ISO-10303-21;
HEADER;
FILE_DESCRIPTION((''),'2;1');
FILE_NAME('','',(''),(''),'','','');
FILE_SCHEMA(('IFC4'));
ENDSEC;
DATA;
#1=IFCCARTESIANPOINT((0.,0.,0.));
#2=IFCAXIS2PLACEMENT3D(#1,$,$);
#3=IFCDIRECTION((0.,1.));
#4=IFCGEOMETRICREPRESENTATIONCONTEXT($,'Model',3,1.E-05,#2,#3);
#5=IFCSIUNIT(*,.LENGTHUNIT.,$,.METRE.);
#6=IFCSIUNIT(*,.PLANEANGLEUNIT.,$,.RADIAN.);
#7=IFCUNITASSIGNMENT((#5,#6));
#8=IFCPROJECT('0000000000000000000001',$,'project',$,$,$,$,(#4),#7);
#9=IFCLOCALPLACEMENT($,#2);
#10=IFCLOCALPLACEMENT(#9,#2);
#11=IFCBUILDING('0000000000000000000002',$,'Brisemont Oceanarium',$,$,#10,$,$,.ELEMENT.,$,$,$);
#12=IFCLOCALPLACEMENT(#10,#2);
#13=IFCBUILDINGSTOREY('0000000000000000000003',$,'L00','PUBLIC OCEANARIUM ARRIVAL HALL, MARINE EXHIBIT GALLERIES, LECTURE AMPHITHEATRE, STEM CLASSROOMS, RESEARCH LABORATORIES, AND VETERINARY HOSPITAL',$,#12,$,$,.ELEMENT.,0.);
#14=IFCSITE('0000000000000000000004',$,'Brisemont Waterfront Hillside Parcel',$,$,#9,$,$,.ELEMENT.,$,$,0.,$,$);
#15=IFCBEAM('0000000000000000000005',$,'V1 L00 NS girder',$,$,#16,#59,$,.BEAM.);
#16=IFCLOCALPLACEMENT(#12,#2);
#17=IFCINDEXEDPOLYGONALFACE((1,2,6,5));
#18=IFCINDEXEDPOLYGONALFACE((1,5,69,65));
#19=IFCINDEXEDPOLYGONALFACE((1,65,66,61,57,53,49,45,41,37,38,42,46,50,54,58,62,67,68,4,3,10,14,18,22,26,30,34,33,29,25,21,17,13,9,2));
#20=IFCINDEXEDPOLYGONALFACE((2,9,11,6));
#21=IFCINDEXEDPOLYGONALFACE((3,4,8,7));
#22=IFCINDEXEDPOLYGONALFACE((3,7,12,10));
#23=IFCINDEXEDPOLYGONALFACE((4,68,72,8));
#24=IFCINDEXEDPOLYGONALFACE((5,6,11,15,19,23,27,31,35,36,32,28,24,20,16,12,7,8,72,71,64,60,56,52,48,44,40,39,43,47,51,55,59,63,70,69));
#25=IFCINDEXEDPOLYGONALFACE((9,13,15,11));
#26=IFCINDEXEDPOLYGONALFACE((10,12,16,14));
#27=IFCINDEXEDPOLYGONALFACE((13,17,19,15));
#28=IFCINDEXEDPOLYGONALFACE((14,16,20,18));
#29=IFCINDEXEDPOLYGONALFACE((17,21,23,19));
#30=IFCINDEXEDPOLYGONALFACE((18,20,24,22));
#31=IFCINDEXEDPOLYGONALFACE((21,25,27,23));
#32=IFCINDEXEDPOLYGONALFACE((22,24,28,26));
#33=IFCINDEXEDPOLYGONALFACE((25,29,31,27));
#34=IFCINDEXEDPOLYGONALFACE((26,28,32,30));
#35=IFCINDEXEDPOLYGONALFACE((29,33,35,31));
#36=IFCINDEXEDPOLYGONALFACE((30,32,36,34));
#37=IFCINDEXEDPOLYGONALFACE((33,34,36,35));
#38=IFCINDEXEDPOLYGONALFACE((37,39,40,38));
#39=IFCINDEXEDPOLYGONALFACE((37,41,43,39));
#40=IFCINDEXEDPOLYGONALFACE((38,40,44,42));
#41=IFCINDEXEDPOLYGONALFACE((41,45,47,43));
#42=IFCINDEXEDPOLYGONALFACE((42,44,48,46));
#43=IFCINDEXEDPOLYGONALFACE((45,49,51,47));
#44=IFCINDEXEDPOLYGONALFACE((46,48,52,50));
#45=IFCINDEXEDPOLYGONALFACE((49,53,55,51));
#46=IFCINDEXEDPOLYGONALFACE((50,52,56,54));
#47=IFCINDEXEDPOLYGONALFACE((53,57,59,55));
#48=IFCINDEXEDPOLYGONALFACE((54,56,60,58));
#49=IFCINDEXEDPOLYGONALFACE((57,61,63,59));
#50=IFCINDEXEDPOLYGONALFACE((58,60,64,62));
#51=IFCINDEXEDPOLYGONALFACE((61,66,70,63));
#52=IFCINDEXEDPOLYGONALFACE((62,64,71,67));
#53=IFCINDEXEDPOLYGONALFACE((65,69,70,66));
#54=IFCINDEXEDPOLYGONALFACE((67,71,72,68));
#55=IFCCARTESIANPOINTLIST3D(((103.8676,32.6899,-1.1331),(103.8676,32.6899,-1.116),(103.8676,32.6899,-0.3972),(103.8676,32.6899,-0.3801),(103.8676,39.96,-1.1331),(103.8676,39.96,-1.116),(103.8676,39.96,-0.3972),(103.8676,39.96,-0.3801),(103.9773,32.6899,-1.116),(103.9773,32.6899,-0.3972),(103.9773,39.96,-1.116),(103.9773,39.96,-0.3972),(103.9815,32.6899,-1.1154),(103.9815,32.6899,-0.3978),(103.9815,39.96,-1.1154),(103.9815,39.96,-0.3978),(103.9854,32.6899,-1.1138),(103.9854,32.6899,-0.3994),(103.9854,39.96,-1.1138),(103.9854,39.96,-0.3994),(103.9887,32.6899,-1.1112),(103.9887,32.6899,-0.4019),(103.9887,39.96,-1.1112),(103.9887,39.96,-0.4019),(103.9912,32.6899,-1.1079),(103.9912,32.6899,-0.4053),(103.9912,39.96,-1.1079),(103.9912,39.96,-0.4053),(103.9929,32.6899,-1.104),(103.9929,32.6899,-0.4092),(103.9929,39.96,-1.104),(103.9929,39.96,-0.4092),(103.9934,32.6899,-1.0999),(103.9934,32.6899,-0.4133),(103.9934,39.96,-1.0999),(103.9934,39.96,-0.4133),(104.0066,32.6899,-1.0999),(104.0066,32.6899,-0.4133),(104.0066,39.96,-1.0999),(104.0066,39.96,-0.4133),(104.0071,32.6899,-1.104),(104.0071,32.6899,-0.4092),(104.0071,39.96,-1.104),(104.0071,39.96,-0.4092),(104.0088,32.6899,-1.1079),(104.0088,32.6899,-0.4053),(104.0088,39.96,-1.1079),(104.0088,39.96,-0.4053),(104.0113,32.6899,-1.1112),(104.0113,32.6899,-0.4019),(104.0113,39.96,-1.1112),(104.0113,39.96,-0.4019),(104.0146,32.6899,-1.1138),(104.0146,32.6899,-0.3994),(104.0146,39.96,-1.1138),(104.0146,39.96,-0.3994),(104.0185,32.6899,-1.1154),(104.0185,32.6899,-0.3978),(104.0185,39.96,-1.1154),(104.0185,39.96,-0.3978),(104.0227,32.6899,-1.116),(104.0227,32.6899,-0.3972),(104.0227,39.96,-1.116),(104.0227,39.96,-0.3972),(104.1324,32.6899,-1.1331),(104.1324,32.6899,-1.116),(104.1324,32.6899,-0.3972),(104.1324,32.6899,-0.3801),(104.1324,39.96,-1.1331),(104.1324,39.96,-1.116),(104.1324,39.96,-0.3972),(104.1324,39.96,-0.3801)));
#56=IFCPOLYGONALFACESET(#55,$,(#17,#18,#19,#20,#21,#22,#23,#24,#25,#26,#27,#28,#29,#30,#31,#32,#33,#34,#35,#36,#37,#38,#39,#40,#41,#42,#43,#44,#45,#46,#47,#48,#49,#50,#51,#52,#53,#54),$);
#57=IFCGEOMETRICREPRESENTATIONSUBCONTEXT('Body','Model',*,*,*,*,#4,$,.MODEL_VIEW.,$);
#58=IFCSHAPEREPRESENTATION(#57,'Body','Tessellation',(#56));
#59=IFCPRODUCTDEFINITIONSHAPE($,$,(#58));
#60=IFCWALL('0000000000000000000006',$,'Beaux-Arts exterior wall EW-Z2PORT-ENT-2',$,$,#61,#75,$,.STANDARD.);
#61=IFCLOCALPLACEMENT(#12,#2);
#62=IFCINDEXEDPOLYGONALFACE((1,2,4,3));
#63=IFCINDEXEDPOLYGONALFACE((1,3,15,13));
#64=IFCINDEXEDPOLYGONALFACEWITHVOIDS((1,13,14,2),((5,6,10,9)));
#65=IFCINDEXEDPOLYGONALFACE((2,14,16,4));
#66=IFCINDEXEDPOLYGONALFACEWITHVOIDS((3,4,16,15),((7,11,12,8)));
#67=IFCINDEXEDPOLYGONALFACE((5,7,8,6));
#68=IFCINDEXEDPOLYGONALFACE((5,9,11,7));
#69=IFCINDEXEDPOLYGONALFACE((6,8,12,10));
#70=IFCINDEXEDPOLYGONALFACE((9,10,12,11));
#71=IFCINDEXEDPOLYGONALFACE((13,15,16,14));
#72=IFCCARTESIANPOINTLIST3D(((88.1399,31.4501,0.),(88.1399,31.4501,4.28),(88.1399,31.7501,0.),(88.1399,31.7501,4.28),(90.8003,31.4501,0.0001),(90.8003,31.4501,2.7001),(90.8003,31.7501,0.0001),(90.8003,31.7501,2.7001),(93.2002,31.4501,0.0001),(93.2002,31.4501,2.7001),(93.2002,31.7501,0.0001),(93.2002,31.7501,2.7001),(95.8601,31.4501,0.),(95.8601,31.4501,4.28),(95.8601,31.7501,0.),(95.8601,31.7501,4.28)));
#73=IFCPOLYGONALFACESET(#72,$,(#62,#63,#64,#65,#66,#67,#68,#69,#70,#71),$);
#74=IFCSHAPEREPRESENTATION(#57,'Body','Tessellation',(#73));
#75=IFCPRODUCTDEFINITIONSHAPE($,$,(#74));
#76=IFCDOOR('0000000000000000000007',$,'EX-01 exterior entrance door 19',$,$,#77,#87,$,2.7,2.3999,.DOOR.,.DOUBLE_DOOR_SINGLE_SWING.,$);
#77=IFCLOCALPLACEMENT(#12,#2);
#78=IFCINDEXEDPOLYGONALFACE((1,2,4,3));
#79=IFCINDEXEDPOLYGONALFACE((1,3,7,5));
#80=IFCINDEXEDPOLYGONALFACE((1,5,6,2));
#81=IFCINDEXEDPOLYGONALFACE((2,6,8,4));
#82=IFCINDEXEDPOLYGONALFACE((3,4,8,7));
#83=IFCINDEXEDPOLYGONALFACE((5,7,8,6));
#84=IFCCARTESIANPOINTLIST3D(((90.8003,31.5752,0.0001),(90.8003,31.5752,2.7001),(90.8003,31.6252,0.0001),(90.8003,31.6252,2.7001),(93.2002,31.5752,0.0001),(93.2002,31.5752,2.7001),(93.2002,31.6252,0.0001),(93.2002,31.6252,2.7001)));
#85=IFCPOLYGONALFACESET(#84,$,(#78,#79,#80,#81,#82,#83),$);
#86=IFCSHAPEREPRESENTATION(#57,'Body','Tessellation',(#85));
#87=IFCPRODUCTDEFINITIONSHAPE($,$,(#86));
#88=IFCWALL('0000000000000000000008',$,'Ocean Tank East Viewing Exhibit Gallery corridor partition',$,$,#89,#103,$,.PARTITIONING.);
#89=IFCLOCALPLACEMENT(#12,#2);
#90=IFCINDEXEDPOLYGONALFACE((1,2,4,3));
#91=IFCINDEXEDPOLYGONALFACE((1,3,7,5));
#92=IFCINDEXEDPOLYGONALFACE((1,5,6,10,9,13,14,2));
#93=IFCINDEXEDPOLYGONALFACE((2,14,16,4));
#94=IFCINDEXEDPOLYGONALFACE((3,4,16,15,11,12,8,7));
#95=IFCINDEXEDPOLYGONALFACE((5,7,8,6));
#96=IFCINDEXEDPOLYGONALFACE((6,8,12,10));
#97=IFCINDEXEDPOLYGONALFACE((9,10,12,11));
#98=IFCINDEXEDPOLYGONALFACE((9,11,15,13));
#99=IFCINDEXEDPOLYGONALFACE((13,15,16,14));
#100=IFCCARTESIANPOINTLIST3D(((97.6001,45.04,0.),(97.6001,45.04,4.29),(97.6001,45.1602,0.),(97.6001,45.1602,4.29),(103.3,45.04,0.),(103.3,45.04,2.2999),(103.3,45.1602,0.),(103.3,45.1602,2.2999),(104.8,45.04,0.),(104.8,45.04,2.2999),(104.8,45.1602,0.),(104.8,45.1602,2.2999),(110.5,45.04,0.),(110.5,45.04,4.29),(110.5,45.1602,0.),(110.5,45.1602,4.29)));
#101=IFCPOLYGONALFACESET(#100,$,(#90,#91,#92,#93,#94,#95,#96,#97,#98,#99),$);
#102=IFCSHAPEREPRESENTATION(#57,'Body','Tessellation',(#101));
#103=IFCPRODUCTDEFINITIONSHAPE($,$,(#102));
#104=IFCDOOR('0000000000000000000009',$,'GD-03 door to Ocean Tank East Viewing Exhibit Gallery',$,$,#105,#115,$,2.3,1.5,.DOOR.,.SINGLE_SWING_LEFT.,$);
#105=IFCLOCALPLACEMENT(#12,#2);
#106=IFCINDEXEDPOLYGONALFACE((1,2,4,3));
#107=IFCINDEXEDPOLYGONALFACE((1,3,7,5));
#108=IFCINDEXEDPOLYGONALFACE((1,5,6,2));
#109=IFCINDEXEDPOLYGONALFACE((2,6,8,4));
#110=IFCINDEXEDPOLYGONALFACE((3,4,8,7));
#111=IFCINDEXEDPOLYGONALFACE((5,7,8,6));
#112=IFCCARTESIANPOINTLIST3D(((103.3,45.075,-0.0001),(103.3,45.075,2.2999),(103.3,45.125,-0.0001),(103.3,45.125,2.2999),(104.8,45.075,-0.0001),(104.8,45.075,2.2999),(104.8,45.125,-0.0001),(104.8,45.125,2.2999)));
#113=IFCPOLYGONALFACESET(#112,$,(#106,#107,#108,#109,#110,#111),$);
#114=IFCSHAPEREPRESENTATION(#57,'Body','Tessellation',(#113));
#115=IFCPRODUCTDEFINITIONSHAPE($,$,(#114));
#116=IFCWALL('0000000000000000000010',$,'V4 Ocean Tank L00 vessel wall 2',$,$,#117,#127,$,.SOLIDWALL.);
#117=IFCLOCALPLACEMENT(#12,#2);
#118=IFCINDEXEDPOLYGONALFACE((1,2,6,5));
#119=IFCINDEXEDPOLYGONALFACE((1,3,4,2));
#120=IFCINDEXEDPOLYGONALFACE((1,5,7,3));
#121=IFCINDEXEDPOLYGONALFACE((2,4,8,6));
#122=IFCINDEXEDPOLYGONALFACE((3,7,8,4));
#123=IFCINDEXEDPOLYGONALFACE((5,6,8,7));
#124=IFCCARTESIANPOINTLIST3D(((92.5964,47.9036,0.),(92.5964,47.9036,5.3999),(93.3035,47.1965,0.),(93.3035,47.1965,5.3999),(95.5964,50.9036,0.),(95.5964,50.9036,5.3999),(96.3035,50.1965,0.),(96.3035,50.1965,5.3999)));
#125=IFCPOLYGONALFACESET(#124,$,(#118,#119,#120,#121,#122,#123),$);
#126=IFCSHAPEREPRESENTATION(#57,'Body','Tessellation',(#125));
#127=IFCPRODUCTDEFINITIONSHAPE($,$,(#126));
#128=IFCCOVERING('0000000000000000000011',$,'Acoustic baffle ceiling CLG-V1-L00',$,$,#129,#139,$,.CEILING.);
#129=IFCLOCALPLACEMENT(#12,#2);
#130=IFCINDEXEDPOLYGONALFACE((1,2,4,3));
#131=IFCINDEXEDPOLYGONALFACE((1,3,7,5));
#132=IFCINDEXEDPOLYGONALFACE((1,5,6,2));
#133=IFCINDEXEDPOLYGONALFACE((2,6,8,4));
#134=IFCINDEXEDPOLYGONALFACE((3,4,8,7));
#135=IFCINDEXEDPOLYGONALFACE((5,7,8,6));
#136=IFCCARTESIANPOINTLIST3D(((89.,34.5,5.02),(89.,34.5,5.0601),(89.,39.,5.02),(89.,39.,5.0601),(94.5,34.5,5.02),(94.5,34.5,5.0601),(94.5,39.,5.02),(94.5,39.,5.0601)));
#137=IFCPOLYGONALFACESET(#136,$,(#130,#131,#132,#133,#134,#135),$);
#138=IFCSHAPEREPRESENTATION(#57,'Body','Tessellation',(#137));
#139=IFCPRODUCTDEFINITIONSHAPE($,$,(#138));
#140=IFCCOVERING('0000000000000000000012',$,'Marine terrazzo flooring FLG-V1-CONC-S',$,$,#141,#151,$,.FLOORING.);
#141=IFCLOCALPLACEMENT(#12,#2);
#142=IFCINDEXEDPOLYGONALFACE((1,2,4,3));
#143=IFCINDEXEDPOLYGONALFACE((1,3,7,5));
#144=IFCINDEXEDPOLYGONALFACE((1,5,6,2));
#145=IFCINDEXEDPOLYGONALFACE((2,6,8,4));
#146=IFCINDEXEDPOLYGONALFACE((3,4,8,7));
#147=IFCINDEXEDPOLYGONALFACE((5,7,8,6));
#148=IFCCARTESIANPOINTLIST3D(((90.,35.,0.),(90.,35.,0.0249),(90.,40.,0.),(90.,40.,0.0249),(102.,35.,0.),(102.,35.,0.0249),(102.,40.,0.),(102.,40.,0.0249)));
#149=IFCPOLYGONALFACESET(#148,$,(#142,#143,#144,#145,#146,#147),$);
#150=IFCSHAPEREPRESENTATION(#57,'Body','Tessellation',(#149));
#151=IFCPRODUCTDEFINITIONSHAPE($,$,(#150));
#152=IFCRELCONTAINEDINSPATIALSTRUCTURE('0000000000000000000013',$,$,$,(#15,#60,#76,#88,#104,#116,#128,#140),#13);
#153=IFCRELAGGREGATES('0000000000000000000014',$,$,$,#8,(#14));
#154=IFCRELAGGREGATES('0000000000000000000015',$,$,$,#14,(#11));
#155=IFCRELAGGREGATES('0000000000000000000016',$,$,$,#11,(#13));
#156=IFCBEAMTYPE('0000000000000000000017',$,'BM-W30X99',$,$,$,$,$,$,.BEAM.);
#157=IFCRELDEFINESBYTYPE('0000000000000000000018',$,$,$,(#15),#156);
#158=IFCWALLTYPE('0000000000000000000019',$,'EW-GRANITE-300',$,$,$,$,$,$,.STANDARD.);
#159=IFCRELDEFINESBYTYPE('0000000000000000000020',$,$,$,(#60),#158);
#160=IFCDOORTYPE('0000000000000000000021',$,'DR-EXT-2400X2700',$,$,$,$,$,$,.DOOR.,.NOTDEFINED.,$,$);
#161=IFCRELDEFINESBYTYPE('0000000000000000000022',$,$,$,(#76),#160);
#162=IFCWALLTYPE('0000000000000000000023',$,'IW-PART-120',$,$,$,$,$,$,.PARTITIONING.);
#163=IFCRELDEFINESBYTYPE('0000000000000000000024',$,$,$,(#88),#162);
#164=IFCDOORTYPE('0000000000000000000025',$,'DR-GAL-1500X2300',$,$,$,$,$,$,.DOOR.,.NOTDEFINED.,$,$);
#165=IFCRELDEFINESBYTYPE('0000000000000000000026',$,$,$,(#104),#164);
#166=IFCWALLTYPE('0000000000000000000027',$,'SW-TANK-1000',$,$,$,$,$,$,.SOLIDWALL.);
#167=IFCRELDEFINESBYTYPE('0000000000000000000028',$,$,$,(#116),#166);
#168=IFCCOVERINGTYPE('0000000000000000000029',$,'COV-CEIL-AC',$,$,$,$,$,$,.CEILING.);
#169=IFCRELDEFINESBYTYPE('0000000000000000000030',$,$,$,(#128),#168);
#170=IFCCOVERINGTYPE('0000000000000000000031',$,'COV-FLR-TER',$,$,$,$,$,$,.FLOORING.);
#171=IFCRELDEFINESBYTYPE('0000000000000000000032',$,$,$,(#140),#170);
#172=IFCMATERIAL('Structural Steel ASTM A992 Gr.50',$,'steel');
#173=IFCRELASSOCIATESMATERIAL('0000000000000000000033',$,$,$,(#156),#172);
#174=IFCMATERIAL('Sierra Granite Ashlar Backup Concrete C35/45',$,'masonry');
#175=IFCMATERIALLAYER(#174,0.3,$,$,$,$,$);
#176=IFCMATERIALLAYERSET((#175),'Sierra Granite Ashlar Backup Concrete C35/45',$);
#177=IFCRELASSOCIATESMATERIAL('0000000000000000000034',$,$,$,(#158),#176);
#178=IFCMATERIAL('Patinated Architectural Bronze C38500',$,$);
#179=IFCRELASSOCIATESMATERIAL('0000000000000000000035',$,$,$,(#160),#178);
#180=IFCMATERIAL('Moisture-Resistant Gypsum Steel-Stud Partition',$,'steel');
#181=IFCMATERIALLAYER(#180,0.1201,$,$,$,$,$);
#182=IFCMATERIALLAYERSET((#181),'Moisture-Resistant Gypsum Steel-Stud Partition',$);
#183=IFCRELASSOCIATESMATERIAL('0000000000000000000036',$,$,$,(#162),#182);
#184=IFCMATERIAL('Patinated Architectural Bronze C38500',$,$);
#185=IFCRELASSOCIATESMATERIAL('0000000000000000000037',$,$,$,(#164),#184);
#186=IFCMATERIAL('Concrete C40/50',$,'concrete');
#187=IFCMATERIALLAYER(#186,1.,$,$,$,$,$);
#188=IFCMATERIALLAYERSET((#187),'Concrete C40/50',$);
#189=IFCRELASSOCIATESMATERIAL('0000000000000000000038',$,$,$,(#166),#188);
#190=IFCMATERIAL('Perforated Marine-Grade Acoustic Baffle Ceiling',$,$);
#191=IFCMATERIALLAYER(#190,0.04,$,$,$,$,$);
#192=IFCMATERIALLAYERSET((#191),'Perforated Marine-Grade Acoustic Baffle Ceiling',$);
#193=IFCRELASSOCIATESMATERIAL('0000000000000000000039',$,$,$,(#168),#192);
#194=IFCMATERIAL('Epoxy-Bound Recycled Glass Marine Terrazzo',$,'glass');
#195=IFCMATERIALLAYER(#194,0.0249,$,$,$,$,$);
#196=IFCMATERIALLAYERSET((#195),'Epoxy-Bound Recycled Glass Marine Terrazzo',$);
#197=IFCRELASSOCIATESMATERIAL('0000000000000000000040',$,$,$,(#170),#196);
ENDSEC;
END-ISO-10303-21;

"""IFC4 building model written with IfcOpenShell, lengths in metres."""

from ifc_helpers import new_model, si_unit, direction, frame, frame_2d, origin, origin_2d, place, context, subcontext, project, spatial, rectangle, i_section, extrude, material, layer, layer_set, material_profile, profile_set, type_object, element, fill, save


model = new_model("IFC4")

# Units and contexts
model_context = context("Model", 3, precision=1e-05, world=origin(), true_north=direction((0.0, 1.0)))
body_context = subcontext(model_context, "Body", "Model", "MODEL_VIEW")
ifc_project = project(units=[si_unit("LENGTHUNIT", "METRE"), si_unit("PLANEANGLEUNIT", "RADIAN")], contexts=[model_context])

# Site, building, storey
site_placement = place(None, origin())
site = spatial("IfcSite", under=ifc_project, at=site_placement, Name="Brisemont Waterfront Hillside Parcel", CompositionType="ELEMENT", RefElevation=0.0)
building_placement = place(site_placement, origin())
building = spatial("IfcBuilding", under=site, at=building_placement, Name="Brisemont Oceanarium", CompositionType="ELEMENT")
storey_placement = place(building_placement, origin())
storey = spatial("IfcBuildingStorey", under=building, at=storey_placement, Name="L00", Description="PUBLIC OCEANARIUM ARRIVAL HALL, MARINE EXHIBIT GALLERIES, LECTURE AMPHITHEATRE, STEM CLASSROOMS, RESEARCH LABORATORIES, AND VETERINARY HOSPITAL", CompositionType="ELEMENT", Elevation=0.0)

# Beam
ifc_material_1 = material(Name="Structural Steel ASTM A992 Gr.50", Category="steel")
ifc_material_profile_1 = material_profile(ifc_material_1, i_section(OverallWidth=0.2649, OverallDepth=0.7529, WebThickness=0.0132, FlangeThickness=0.0171, FilletRadius=0.0161, at=origin_2d()), Name="W30X99")
ifc_profile_set_1 = profile_set([ifc_material_profile_1], Name="Structural Steel ASTM A992 Gr.50")
beam_type_1 = type_object("IfcBeamType", Name="BM-W30X99", PredefinedType="BEAM", material=ifc_profile_set_1)
beam_1_placement = place(storey_placement, frame((104.0, 32.6899, -0.7566), z_axis=(0.0, 1.0, 0.0), x_axis=(-1.0, 0.0, 0.0)))
element("IfcBeam", 1, at=beam_1_placement, inside=storey, type_object=beam_type_1, Name="V1 L00 NS girder", PredefinedType="BEAM", context=body_context, shape_type="SweptSolid", body=[
    extrude(i_section(OverallWidth=0.2649, OverallDepth=0.7529, WebThickness=0.0132, FlangeThickness=0.0171, FilletRadius=0.0161, at=origin_2d()), origin(), (0.0, 0.0, 1.0), 7.27),
])

# Walls, openings, doors
ifc_material_2 = material(Name="Sierra Granite Ashlar Backup Concrete C35/45", Category="masonry")
ifc_layer_1 = layer(ifc_material_2, 0.3)
ifc_layer_set_1 = layer_set([ifc_layer_1], Name="Sierra Granite Ashlar Backup Concrete C35/45")
wall_type_1 = type_object("IfcWallType", Name="EW-GRANITE-300", PredefinedType="STANDARD", material=ifc_layer_set_1)
wall_1_placement = place(storey_placement, frame((95.8601, 31.6001, 0.0), z_axis=(0.0, 0.0, 1.0), x_axis=(-1.0, 0.0, 0.0)))
wall_1 = element("IfcWall", 2, at=wall_1_placement, inside=storey, type_object=wall_type_1, Name="Beaux-Arts exterior wall EW-Z2PORT-ENT-2", PredefinedType="STANDARD", context=body_context, shape_type="SweptSolid", body=[
    extrude(rectangle(XDim=7.7202, YDim=0.3, at=frame_2d((3.8601, 0.0))), origin(), (0.0, 0.0, 1.0), 4.28),
])
opening_1_placement = place(wall_1_placement, frame((2.6599, 0.0, 0.0)))
opening_1 = element("IfcOpeningElement", 3, at=opening_1_placement, cuts=wall_1, PredefinedType="OPENING", context=body_context, shape_type="SweptSolid", body=[
    extrude(rectangle(XDim=2.3999, YDim=2.7, at=frame_2d((1.2, 1.3501))), frame((0.0, 0.1599, 0.0), z_axis=(0.0, -1.0, 0.0), x_axis=(1.0, 0.0, 0.0)), (0.0, 0.0, 1.0), 0.3201),
])
ifc_material_3 = material(Name="Patinated Architectural Bronze C38500")
door_type_1 = type_object("IfcDoorType", Name="DR-EXT-2400X2700", OperationType="NOTDEFINED", PredefinedType="DOOR", material=ifc_material_3)
door_1_placement = place(opening_1_placement, origin())
door_1 = element("IfcDoor", 4, at=door_1_placement, inside=storey, type_object=door_type_1, Name="EX-01 exterior entrance door 19", OperationType="DOUBLE_DOOR_SINGLE_SWING", OverallHeight=2.7, OverallWidth=2.3999, PredefinedType="DOOR", context=body_context, shape_type="SweptSolid", body=[
    extrude(rectangle(XDim=2.3999, YDim=2.7, at=frame_2d((1.2, 1.3501))), frame((0.0, 0.0249, 0.0), z_axis=(0.0, -1.0, 0.0), x_axis=(1.0, 0.0, 0.0)), (0.0, 0.0, 1.0), 0.05),
])
fill(opening_1, door_1)
ifc_material_4 = material(Name="Moisture-Resistant Gypsum Steel-Stud Partition", Category="steel")
ifc_layer_2 = layer(ifc_material_4, 0.1201)
ifc_layer_set_2 = layer_set([ifc_layer_2], Name="Moisture-Resistant Gypsum Steel-Stud Partition")
wall_type_2 = type_object("IfcWallType", Name="IW-PART-120", PredefinedType="PARTITIONING", material=ifc_layer_set_2)
wall_2_placement = place(storey_placement, frame((97.6001, 45.1001, 0.0), z_axis=(0.0, 0.0, 1.0), x_axis=(1.0, 0.0, 0.0)))
wall_2 = element("IfcWall", 5, at=wall_2_placement, inside=storey, type_object=wall_type_2, Name="Ocean Tank East Viewing Exhibit Gallery corridor partition", PredefinedType="PARTITIONING", context=body_context, shape_type="SweptSolid", body=[
    extrude(rectangle(XDim=12.8999, YDim=0.1201, at=frame_2d((6.45, 0.0))), origin(), (0.0, 0.0, 1.0), 4.29),
])
opening_2_placement = place(wall_2_placement, frame((5.7, 0.0, 0.0)))
opening_2 = element("IfcOpeningElement", 6, at=opening_2_placement, cuts=wall_2, PredefinedType="OPENING", context=body_context, shape_type="SweptSolid", body=[
    extrude(rectangle(XDim=1.5, YDim=2.3, at=frame_2d((0.75, 1.1499))), frame((0.0, 0.0701, 0.0), z_axis=(0.0, -1.0, 0.0), x_axis=(1.0, 0.0, 0.0)), (0.0, 0.0, 1.0), 0.1401),
])
ifc_material_5 = material(Name="Patinated Architectural Bronze C38500")
door_type_2 = type_object("IfcDoorType", Name="DR-GAL-1500X2300", OperationType="NOTDEFINED", PredefinedType="DOOR", material=ifc_material_5)
door_2_placement = place(opening_2_placement, origin())
door_2 = element("IfcDoor", 7, at=door_2_placement, inside=storey, type_object=door_type_2, Name="GD-03 door to Ocean Tank East Viewing Exhibit Gallery", OperationType="SINGLE_SWING_LEFT", OverallHeight=2.3, OverallWidth=1.5, PredefinedType="DOOR", context=body_context, shape_type="SweptSolid", body=[
    extrude(rectangle(XDim=1.5, YDim=2.3, at=frame_2d((0.75, 1.1499))), frame((0.0, 0.0249, 0.0), z_axis=(0.0, -1.0, 0.0), x_axis=(1.0, 0.0, 0.0)), (0.0, 0.0, 1.0), 0.05),
])
fill(opening_2, door_2)

# Wall
ifc_material_6 = material(Name="Concrete C40/50", Category="concrete")
ifc_layer_3 = layer(ifc_material_6, 1.0)
ifc_layer_set_3 = layer_set([ifc_layer_3], Name="Concrete C40/50")
wall_type_3 = type_object("IfcWallType", Name="SW-TANK-1000", PredefinedType="SOLIDWALL", material=ifc_layer_set_3)
wall_3_placement = place(storey_placement, frame((92.95, 47.55, 0.0), z_axis=(0.0, 0.0, 1.0), x_axis=(0.707107, 0.707107, 0.0)))
element("IfcWall", 8, at=wall_3_placement, inside=storey, type_object=wall_type_3, Name="V4 Ocean Tank L00 vessel wall 2", PredefinedType="SOLIDWALL", context=body_context, shape_type="SweptSolid", body=[
    extrude(rectangle(XDim=4.2427, YDim=1.0, at=frame_2d((2.1213, 0.0))), origin(), (0.0, 0.0, 1.0), 5.3999),
])

# Coverings
ifc_material_7 = material(Name="Perforated Marine-Grade Acoustic Baffle Ceiling")
ifc_layer_4 = layer(ifc_material_7, 0.04)
ifc_layer_set_4 = layer_set([ifc_layer_4], Name="Perforated Marine-Grade Acoustic Baffle Ceiling")
covering_type_1 = type_object("IfcCoveringType", Name="COV-CEIL-AC", PredefinedType="CEILING", material=ifc_layer_set_4)
covering_1_placement = place(storey_placement, frame((91.75, 36.75, 5.02), z_axis=(0.0, 0.0, 1.0), x_axis=(1.0, 0.0, 0.0)))
element("IfcCovering", 9, at=covering_1_placement, inside=storey, type_object=covering_type_1, Name="Acoustic baffle ceiling CLG-V1-L00", PredefinedType="CEILING", context=body_context, shape_type="SweptSolid", body=[
    extrude(rectangle(XDim=5.5, YDim=4.5, at=origin_2d()), origin(), (0.0, 0.0, 1.0), 0.04),
])
ifc_material_8 = material(Name="Epoxy-Bound Recycled Glass Marine Terrazzo", Category="glass")
ifc_layer_5 = layer(ifc_material_8, 0.0249)
ifc_layer_set_5 = layer_set([ifc_layer_5], Name="Epoxy-Bound Recycled Glass Marine Terrazzo")
covering_type_2 = type_object("IfcCoveringType", Name="COV-FLR-TER", PredefinedType="FLOORING", material=ifc_layer_set_5)
covering_2_placement = place(storey_placement, frame((96.0, 37.5, 0.0), z_axis=(0.0, 0.0, 1.0), x_axis=(1.0, 0.0, 0.0)))
element("IfcCovering", 10, at=covering_2_placement, inside=storey, type_object=covering_type_2, Name="Marine terrazzo flooring FLG-V1-CONC-S", PredefinedType="FLOORING", context=body_context, shape_type="SweptSolid", body=[
    extrude(rectangle(XDim=12.0, YDim=5.0, at=origin_2d()), origin(), (0.0, 0.0, 1.0), 0.0249),
])

save(model, "model.ifc")
